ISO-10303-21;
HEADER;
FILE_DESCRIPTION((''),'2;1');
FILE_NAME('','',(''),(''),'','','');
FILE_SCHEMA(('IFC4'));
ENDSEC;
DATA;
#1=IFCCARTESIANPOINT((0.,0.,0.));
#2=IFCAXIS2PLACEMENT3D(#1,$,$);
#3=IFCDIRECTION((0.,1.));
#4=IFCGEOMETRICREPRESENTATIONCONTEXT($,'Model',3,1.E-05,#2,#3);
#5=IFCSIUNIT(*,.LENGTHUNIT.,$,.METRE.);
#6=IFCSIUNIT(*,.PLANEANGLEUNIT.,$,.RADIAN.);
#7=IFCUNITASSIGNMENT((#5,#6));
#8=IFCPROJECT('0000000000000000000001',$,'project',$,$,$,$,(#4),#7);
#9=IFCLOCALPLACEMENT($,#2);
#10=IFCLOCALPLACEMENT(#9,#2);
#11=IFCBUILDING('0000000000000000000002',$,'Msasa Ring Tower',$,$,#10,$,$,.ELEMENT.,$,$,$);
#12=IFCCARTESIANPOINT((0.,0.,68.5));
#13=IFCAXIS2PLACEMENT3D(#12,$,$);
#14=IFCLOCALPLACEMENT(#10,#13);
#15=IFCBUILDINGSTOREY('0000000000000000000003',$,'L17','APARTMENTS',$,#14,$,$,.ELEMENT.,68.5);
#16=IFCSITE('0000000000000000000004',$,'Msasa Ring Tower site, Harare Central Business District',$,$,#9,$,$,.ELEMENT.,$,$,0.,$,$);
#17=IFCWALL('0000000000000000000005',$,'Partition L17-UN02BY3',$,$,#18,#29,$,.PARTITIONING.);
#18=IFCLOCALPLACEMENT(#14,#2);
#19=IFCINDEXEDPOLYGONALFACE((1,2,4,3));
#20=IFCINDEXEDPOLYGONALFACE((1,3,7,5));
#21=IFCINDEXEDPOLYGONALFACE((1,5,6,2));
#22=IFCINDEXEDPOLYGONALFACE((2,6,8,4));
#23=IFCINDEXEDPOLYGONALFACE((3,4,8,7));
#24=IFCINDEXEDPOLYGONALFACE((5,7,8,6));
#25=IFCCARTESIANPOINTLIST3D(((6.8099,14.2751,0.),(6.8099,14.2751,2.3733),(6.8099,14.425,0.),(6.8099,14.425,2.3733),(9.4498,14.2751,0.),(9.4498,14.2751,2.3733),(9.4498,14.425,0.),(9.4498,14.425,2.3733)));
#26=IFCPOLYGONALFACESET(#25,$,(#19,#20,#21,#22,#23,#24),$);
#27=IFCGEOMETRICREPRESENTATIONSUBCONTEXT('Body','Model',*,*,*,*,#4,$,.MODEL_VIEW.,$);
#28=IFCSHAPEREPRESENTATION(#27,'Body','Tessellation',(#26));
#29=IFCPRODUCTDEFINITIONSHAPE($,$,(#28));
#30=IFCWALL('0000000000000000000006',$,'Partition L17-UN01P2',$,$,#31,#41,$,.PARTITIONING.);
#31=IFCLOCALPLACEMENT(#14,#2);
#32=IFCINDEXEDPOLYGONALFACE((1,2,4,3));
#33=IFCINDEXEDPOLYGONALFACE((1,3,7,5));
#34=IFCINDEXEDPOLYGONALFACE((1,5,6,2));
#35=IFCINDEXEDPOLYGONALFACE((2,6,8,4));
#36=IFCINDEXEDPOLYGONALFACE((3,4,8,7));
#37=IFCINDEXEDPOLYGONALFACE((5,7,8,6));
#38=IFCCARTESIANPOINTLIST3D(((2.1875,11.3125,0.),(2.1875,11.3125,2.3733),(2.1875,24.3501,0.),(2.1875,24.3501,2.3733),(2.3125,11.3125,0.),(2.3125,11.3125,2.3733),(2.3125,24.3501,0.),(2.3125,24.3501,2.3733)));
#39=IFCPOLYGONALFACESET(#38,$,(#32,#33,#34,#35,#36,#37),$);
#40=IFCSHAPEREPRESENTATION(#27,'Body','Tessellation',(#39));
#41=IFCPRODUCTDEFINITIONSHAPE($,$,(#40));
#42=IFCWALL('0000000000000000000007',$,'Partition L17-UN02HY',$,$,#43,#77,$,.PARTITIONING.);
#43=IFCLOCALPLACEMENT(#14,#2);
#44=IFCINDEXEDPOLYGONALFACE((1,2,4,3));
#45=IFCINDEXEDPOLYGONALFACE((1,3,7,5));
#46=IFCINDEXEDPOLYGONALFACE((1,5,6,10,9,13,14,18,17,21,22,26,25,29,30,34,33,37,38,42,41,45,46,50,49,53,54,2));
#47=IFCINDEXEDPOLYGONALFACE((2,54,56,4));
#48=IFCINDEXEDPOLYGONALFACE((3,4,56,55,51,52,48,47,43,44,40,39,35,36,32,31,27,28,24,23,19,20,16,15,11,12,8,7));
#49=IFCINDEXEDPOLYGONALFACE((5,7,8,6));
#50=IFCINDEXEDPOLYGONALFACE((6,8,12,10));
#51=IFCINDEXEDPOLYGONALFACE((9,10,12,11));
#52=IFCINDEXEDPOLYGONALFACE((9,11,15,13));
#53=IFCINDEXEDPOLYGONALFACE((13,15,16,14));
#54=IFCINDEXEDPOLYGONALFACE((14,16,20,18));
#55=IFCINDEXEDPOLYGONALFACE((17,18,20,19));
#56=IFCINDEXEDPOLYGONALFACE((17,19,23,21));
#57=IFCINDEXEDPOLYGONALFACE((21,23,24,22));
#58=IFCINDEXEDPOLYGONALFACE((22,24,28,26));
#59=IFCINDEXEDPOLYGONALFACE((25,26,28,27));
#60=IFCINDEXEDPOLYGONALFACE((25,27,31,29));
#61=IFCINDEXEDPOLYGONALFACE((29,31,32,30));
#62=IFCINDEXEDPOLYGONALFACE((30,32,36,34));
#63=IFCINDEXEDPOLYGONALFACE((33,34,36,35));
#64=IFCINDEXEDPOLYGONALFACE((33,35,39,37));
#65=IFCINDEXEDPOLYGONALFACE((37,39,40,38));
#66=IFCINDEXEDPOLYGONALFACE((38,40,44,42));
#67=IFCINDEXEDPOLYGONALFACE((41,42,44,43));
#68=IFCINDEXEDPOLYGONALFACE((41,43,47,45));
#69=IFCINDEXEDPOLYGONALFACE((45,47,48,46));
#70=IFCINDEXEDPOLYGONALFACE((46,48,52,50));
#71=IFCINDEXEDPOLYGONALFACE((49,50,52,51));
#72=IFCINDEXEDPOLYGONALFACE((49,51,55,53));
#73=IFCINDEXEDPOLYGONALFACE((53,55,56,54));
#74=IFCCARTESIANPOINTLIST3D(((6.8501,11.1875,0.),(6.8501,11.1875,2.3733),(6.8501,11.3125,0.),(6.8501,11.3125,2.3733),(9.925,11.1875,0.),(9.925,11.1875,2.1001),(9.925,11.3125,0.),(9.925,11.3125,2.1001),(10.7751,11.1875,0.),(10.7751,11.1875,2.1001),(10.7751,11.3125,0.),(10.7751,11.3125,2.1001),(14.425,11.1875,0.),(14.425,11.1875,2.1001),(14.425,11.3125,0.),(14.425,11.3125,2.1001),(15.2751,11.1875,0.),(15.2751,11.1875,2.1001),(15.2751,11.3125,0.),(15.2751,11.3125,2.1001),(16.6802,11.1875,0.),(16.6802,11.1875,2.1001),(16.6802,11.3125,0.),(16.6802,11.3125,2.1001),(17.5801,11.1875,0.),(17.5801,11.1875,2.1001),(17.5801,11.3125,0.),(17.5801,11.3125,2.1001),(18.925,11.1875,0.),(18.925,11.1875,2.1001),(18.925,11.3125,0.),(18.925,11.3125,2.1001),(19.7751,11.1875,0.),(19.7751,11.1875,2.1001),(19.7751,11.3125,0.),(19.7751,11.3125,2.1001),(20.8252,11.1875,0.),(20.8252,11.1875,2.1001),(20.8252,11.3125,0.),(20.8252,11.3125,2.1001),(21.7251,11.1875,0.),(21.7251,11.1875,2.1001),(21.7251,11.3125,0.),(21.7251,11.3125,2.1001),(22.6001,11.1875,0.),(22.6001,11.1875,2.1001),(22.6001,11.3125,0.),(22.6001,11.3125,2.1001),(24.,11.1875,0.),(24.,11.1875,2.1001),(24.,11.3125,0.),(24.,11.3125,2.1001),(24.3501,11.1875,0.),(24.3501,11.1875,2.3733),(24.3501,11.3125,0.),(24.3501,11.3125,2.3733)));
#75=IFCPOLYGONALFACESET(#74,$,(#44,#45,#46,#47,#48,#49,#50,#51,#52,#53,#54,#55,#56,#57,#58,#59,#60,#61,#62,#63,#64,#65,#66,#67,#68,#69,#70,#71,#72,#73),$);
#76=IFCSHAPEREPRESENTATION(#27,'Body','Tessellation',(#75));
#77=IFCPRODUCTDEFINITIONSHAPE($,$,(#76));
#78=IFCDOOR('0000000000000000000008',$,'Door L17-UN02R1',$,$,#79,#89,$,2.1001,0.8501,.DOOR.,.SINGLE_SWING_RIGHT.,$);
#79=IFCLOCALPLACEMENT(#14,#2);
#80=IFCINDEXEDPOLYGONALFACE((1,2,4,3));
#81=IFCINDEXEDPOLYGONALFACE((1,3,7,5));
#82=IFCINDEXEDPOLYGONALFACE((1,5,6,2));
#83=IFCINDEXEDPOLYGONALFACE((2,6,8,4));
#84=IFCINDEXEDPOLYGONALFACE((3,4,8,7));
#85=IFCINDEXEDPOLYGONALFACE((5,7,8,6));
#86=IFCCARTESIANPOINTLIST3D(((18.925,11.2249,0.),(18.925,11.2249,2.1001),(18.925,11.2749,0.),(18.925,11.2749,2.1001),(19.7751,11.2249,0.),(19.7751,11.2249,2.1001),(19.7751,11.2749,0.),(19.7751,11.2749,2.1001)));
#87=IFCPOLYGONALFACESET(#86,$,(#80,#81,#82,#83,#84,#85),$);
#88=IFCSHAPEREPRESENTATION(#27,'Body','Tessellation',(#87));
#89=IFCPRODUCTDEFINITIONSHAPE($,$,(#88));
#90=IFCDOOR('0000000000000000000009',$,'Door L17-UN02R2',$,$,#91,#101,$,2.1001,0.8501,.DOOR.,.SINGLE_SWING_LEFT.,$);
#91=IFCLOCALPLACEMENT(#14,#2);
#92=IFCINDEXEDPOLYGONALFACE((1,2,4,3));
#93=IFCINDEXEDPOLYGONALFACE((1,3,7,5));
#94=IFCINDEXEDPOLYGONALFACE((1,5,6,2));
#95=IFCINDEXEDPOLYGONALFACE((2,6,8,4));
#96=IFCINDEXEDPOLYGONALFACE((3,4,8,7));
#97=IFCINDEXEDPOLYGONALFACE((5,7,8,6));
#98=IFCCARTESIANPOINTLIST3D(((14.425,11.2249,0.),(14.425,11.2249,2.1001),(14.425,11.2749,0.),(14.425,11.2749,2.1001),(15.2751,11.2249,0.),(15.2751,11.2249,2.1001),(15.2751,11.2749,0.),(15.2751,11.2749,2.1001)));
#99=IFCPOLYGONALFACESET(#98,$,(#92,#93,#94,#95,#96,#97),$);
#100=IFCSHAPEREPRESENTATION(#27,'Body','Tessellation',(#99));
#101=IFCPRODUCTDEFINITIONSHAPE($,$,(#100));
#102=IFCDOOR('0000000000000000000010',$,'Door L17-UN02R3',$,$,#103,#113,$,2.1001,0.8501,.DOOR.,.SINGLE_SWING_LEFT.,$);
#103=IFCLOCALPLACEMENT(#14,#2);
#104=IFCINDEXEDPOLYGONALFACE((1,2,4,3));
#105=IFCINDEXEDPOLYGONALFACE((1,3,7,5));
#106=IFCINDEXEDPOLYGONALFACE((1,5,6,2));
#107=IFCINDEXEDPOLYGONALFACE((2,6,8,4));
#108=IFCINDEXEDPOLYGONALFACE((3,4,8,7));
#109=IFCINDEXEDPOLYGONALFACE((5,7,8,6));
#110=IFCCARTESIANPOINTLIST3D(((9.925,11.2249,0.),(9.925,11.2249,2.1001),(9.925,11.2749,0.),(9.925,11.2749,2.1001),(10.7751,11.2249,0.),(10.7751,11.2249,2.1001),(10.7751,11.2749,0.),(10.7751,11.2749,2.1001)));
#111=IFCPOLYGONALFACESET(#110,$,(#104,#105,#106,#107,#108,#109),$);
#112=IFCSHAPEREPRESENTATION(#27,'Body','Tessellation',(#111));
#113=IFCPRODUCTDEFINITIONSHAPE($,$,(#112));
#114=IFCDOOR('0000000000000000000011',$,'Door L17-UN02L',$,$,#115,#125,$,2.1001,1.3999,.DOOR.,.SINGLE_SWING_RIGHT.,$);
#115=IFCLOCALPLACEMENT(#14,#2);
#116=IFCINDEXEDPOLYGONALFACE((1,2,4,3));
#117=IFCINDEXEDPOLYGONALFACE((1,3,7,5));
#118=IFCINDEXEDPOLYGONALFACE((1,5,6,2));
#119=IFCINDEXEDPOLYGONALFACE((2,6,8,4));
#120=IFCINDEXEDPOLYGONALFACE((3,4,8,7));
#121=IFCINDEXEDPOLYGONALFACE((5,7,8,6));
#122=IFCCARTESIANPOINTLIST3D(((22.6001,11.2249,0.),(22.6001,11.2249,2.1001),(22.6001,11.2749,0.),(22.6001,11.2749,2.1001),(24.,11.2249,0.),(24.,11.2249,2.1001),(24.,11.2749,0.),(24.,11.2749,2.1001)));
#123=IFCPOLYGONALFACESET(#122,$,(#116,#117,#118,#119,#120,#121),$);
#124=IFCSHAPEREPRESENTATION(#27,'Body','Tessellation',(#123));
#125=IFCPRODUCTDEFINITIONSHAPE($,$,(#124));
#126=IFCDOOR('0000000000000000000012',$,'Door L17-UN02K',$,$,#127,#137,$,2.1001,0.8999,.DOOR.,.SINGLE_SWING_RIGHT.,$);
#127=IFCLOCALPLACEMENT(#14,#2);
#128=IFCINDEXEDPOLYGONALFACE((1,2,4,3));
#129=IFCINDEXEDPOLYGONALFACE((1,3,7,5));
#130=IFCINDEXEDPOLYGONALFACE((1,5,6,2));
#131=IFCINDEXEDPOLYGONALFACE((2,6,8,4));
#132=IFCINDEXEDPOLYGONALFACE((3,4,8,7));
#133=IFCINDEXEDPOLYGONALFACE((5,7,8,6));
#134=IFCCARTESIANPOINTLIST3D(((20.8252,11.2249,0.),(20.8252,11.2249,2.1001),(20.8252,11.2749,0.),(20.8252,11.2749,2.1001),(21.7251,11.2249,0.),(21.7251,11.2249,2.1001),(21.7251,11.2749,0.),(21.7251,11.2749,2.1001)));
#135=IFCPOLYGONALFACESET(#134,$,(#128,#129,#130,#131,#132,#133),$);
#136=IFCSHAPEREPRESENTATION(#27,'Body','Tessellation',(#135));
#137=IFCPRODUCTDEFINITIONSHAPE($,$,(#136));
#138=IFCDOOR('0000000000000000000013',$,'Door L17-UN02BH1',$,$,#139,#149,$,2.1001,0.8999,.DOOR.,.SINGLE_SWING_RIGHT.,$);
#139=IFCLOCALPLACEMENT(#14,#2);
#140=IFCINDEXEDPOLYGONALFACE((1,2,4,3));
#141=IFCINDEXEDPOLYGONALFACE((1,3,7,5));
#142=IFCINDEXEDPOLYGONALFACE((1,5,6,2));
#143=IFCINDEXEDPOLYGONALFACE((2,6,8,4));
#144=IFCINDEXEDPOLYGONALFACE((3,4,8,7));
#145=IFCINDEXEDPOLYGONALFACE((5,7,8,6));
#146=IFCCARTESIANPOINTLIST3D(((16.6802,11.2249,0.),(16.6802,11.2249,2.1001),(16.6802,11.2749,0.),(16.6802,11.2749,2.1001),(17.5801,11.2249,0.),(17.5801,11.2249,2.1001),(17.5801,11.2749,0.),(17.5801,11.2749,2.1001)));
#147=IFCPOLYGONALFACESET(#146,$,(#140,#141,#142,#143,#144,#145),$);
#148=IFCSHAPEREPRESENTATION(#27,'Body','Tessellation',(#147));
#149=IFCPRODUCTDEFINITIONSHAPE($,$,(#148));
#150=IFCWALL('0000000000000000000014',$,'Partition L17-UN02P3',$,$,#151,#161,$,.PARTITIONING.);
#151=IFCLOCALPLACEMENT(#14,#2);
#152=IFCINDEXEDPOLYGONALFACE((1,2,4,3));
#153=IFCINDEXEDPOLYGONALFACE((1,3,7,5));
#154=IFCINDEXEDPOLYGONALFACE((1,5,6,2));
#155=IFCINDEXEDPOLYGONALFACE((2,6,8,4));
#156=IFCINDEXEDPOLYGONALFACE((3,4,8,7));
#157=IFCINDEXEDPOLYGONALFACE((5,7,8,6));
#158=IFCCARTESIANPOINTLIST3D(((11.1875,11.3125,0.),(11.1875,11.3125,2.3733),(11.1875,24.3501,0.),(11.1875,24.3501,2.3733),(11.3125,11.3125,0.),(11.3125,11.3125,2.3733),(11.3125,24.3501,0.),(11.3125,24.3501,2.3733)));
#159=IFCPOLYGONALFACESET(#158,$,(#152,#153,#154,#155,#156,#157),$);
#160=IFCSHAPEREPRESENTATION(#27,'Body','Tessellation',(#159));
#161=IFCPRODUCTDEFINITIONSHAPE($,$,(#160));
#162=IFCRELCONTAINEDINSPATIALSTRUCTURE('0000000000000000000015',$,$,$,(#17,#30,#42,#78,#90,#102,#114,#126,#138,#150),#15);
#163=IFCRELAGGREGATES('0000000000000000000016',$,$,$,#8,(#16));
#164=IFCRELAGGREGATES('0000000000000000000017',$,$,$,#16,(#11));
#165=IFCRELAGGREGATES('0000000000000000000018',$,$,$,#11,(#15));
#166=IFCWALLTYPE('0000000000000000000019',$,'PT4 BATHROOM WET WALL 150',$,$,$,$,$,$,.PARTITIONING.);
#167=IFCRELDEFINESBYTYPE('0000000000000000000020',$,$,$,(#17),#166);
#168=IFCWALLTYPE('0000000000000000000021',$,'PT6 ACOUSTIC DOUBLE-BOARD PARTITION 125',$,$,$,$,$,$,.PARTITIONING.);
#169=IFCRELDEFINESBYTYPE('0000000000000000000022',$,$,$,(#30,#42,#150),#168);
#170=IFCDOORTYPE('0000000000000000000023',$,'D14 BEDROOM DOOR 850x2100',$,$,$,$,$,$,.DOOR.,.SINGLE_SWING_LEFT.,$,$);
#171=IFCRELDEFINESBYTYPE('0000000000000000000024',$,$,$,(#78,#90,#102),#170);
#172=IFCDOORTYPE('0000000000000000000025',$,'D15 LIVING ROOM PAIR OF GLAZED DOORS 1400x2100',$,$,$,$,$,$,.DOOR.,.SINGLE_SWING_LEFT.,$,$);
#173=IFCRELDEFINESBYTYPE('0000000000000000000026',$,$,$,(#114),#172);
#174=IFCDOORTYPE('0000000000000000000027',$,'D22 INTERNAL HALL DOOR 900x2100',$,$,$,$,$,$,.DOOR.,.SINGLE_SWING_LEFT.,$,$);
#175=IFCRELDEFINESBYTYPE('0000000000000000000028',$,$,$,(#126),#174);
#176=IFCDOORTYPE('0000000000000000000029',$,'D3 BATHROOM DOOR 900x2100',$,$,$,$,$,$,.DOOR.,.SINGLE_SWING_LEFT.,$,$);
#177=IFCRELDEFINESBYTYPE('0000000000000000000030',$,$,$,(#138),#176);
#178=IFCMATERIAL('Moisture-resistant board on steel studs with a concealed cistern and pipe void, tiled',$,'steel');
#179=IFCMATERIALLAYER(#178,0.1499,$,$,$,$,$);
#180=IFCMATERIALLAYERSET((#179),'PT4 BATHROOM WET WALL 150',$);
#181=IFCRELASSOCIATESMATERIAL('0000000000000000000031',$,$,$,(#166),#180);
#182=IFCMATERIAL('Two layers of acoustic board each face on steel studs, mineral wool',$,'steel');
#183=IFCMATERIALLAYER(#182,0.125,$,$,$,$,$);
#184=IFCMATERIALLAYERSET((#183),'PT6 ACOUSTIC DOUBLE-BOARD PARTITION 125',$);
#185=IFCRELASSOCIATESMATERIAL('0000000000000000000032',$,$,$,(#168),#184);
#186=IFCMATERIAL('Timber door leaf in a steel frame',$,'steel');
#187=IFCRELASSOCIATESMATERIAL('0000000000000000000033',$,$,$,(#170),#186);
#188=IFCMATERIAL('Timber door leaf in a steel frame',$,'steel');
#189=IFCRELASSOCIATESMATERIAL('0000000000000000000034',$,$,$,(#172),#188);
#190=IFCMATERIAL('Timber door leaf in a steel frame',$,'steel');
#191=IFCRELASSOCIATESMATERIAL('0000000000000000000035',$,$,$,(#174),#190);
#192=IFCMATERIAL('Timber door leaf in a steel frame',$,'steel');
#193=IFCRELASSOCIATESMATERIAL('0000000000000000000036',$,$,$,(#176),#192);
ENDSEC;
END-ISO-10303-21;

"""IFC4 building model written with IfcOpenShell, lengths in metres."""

from ifc_helpers import new_model, si_unit, direction, frame, frame_2d, origin, place, context, subcontext, project, spatial, rectangle, extrude, material, layer, layer_set, type_object, element, fill, save


model = new_model("IFC4")

# Units and contexts
model_context = context("Model", 3, precision=1e-05, world=origin(), true_north=direction((0.0, 1.0)))
body_context = subcontext(model_context, "Body", "Model", "MODEL_VIEW")
ifc_project = project(units=[si_unit("LENGTHUNIT", "METRE"), si_unit("PLANEANGLEUNIT", "RADIAN")], contexts=[model_context])

# Site, building, storey
site_placement = place(None, origin())
site = spatial("IfcSite", under=ifc_project, at=site_placement, Name="Msasa Ring Tower site, Harare Central Business District", CompositionType="ELEMENT", RefElevation=0.0)
building_placement = place(site_placement, origin())
building = spatial("IfcBuilding", under=site, at=building_placement, Name="Msasa Ring Tower", CompositionType="ELEMENT")
storey_placement = place(building_placement, frame((0.0, 0.0, 68.5)))
storey = spatial("IfcBuildingStorey", under=building, at=storey_placement, Name="L17", Description="APARTMENTS", CompositionType="ELEMENT", Elevation=68.5)

# Shared definitions
ifc_material_1 = material(Name="Moisture-resistant board on steel studs with a concealed cistern and pipe void, tiled", Category="steel")
ifc_layer_1 = layer(ifc_material_1, 0.1499)
ifc_layer_set_1 = layer_set([ifc_layer_1], Name="PT4 BATHROOM WET WALL 150")
wall_type_1 = type_object("IfcWallType", Name="PT4 BATHROOM WET WALL 150", PredefinedType="PARTITIONING", material=ifc_layer_set_1)

# Walls
wall_1_placement = place(storey_placement, frame((6.8101, 14.3501, 0.0), z_axis=(0.0, 0.0, 1.0), x_axis=(1.0, 0.0, 0.0)))
element("IfcWall", 1, at=wall_1_placement, inside=storey, type_object=wall_type_1, Name="Partition L17-UN02BY3", PredefinedType="PARTITIONING", context=body_context, shape_type="SweptSolid", body=[
    extrude(rectangle(XDim=2.6399, YDim=0.1499, at=frame_2d((1.3198, 0.0))), origin(), (0.0, 0.0, 1.0), 2.3733),
])
ifc_material_2 = material(Name="Two layers of acoustic board each face on steel studs, mineral wool", Category="steel")
ifc_layer_2 = layer(ifc_material_2, 0.125)
ifc_layer_set_2 = layer_set([ifc_layer_2], Name="PT6 ACOUSTIC DOUBLE-BOARD PARTITION 125")
wall_type_2 = type_object("IfcWallType", Name="PT6 ACOUSTIC DOUBLE-BOARD PARTITION 125", PredefinedType="PARTITIONING", material=ifc_layer_set_2)
wall_2_placement = place(storey_placement, frame((2.25, 11.3125, 0.0), z_axis=(0.0, 0.0, 1.0), x_axis=(0.0, 1.0, 0.0)))
element("IfcWall", 2, at=wall_2_placement, inside=storey, type_object=wall_type_2, Name="Partition L17-UN01P2", PredefinedType="PARTITIONING", context=body_context, shape_type="SweptSolid", body=[
    extrude(rectangle(XDim=13.0376, YDim=0.125, at=frame_2d((6.5188, 0.0))), origin(), (0.0, 0.0, 1.0), 2.3733),
])

# Wall, openings, doors
wall_3_placement = place(storey_placement, frame((6.8501, 11.25, 0.0), z_axis=(0.0, 0.0, 1.0), x_axis=(1.0, 0.0, 0.0)))
wall_3 = element("IfcWall", 3, at=wall_3_placement, inside=storey, type_object=wall_type_2, Name="Partition L17-UN02HY", PredefinedType="PARTITIONING", context=body_context, shape_type="SweptSolid", body=[
    extrude(rectangle(XDim=17.5, YDim=0.125, at=frame_2d((8.75, 0.0))), origin(), (0.0, 0.0, 1.0), 2.3733),
])
opening_1_placement = place(wall_3_placement, frame((13.9751, 0.0, 0.0)))
opening_1 = element("IfcOpeningElement", 4, at=opening_1_placement, cuts=wall_3, PredefinedType="OPENING", context=body_context, shape_type="SweptSolid", body=[
    extrude(rectangle(XDim=0.8999, YDim=2.1001, at=frame_2d((0.45, 1.05))), frame((0.0, 0.0725, 0.0), z_axis=(0.0, -1.0, 0.0), x_axis=(1.0, 0.0, 0.0)), (0.0, 0.0, 1.0), 0.145),
])
opening_2_placement = place(wall_3_placement, frame((15.75, 0.0, 0.0)))
opening_2 = element("IfcOpeningElement", 5, at=opening_2_placement, cuts=wall_3, PredefinedType="OPENING", context=body_context, shape_type="SweptSolid", body=[
    extrude(rectangle(XDim=1.3999, YDim=2.1001, at=frame_2d((0.7, 1.05))), frame((0.0, 0.0725, 0.0), z_axis=(0.0, -1.0, 0.0), x_axis=(1.0, 0.0, 0.0)), (0.0, 0.0, 1.0), 0.145),
])
opening_3_placement = place(wall_3_placement, frame((12.075, 0.0, 0.0)))
opening_3 = element("IfcOpeningElement", 6, at=opening_3_placement, cuts=wall_3, PredefinedType="OPENING", context=body_context, shape_type="SweptSolid", body=[
    extrude(rectangle(XDim=0.8501, YDim=2.1001, at=frame_2d((0.425, 1.05))), frame((0.0, 0.0725, 0.0), z_axis=(0.0, -1.0, 0.0), x_axis=(1.0, 0.0, 0.0)), (0.0, 0.0, 1.0), 0.145),
])
opening_4_placement = place(wall_3_placement, frame((9.8301, 0.0, 0.0)))
opening_4 = element("IfcOpeningElement", 7, at=opening_4_placement, cuts=wall_3, PredefinedType="OPENING", context=body_context, shape_type="SweptSolid", body=[
    extrude(rectangle(XDim=0.8999, YDim=2.1001, at=frame_2d((0.45, 1.05))), frame((0.0, 0.0725, 0.0), z_axis=(0.0, -1.0, 0.0), x_axis=(1.0, 0.0, 0.0)), (0.0, 0.0, 1.0), 0.145),
])
opening_5_placement = place(wall_3_placement, frame((7.575, 0.0, 0.0)))
opening_5 = element("IfcOpeningElement", 8, at=opening_5_placement, cuts=wall_3, PredefinedType="OPENING", context=body_context, shape_type="SweptSolid", body=[
    extrude(rectangle(XDim=0.8501, YDim=2.1001, at=frame_2d((0.425, 1.05))), frame((0.0, 0.0725, 0.0), z_axis=(0.0, -1.0, 0.0), x_axis=(1.0, 0.0, 0.0)), (0.0, 0.0, 1.0), 0.145),
])
opening_6_placement = place(wall_3_placement, frame((3.075, 0.0, 0.0)))
opening_6 = element("IfcOpeningElement", 9, at=opening_6_placement, cuts=wall_3, PredefinedType="OPENING", context=body_context, shape_type="SweptSolid", body=[
    extrude(rectangle(XDim=0.8501, YDim=2.1001, at=frame_2d((0.425, 1.05))), frame((0.0, 0.0725, 0.0), z_axis=(0.0, -1.0, 0.0), x_axis=(1.0, 0.0, 0.0)), (0.0, 0.0, 1.0), 0.145),
])
ifc_material_3 = material(Name="Timber door leaf in a steel frame", Category="steel")
door_type_1 = type_object("IfcDoorType", Name="D14 BEDROOM DOOR 850x2100", OperationType="SINGLE_SWING_LEFT", PredefinedType="DOOR", material=ifc_material_3)
door_1_placement = place(opening_3_placement, origin())
door_1 = element("IfcDoor", 10, at=door_1_placement, inside=storey, type_object=door_type_1, Name="Door L17-UN02R1", OperationType="SINGLE_SWING_RIGHT", OverallHeight=2.1001, OverallWidth=0.8501, PredefinedType="DOOR", context=body_context, shape_type="SweptSolid", body=[
    extrude(rectangle(XDim=0.8501, YDim=2.1001, at=frame_2d((0.425, 1.05))), frame((0.0, 0.0249, 0.0), z_axis=(0.0, -1.0, 0.0), x_axis=(1.0, 0.0, 0.0)), (0.0, 0.0, 1.0), 0.05),
])
fill(opening_3, door_1)
door_2_placement = place(opening_5_placement, origin())
door_2 = element("IfcDoor", 11, at=door_2_placement, inside=storey, type_object=door_type_1, Name="Door L17-UN02R2", OperationType="SINGLE_SWING_LEFT", OverallHeight=2.1001, OverallWidth=0.8501, PredefinedType="DOOR", context=body_context, shape_type="SweptSolid", body=[
    extrude(rectangle(XDim=0.8501, YDim=2.1001, at=frame_2d((0.425, 1.05))), frame((0.0, 0.0249, 0.0), z_axis=(0.0, -1.0, 0.0), x_axis=(1.0, 0.0, 0.0)), (0.0, 0.0, 1.0), 0.05),
])
fill(opening_5, door_2)
door_3_placement = place(opening_6_placement, origin())
door_3 = element("IfcDoor", 12, at=door_3_placement, inside=storey, type_object=door_type_1, Name="Door L17-UN02R3", OperationType="SINGLE_SWING_LEFT", OverallHeight=2.1001, OverallWidth=0.8501, PredefinedType="DOOR", context=body_context, shape_type="SweptSolid", body=[
    extrude(rectangle(XDim=0.8501, YDim=2.1001, at=frame_2d((0.425, 1.05))), frame((0.0, 0.0249, 0.0), z_axis=(0.0, -1.0, 0.0), x_axis=(1.0, 0.0, 0.0)), (0.0, 0.0, 1.0), 0.05),
])
fill(opening_6, door_3)
ifc_material_4 = material(Name="Timber door leaf in a steel frame", Category="steel")
door_type_2 = type_object("IfcDoorType", Name="D15 LIVING ROOM PAIR OF GLAZED DOORS 1400x2100", OperationType="SINGLE_SWING_LEFT", PredefinedType="DOOR", material=ifc_material_4)
door_4_placement = place(opening_2_placement, origin())
door_4 = element("IfcDoor", 13, at=door_4_placement, inside=storey, type_object=door_type_2, Name="Door L17-UN02L", OperationType="SINGLE_SWING_RIGHT", OverallHeight=2.1001, OverallWidth=1.3999, PredefinedType="DOOR", context=body_context, shape_type="SweptSolid", body=[
    extrude(rectangle(XDim=1.3999, YDim=2.1001, at=frame_2d((0.7, 1.05))), frame((0.0, 0.0249, 0.0), z_axis=(0.0, -1.0, 0.0), x_axis=(1.0, 0.0, 0.0)), (0.0, 0.0, 1.0), 0.05),
])
fill(opening_2, door_4)
ifc_material_5 = material(Name="Timber door leaf in a steel frame", Category="steel")
door_type_3 = type_object("IfcDoorType", Name="D22 INTERNAL HALL DOOR 900x2100", OperationType="SINGLE_SWING_LEFT", PredefinedType="DOOR", material=ifc_material_5)
door_5_placement = place(opening_1_placement, origin())
door_5 = element("IfcDoor", 14, at=door_5_placement, inside=storey, type_object=door_type_3, Name="Door L17-UN02K", OperationType="SINGLE_SWING_RIGHT", OverallHeight=2.1001, OverallWidth=0.8999, PredefinedType="DOOR", context=body_context, shape_type="SweptSolid", body=[
    extrude(rectangle(XDim=0.8999, YDim=2.1001, at=frame_2d((0.45, 1.05))), frame((0.0, 0.0249, 0.0), z_axis=(0.0, -1.0, 0.0), x_axis=(1.0, 0.0, 0.0)), (0.0, 0.0, 1.0), 0.05),
])
fill(opening_1, door_5)
ifc_material_6 = material(Name="Timber door leaf in a steel frame", Category="steel")
door_type_4 = type_object("IfcDoorType", Name="D3 BATHROOM DOOR 900x2100", OperationType="SINGLE_SWING_LEFT", PredefinedType="DOOR", material=ifc_material_6)
door_6_placement = place(opening_4_placement, origin())
door_6 = element("IfcDoor", 15, at=door_6_placement, inside=storey, type_object=door_type_4, Name="Door L17-UN02BH1", OperationType="SINGLE_SWING_RIGHT", OverallHeight=2.1001, OverallWidth=0.8999, PredefinedType="DOOR", context=body_context, shape_type="SweptSolid", body=[
    extrude(rectangle(XDim=0.8999, YDim=2.1001, at=frame_2d((0.45, 1.05))), frame((0.0, 0.0249, 0.0), z_axis=(0.0, -1.0, 0.0), x_axis=(1.0, 0.0, 0.0)), (0.0, 0.0, 1.0), 0.05),
])
fill(opening_4, door_6)

# Wall
wall_4_placement = place(storey_placement, frame((11.25, 11.3125, 0.0), z_axis=(0.0, 0.0, 1.0), x_axis=(0.0, 1.0, 0.0)))
element("IfcWall", 16, at=wall_4_placement, inside=storey, type_object=wall_type_2, Name="Partition L17-UN02P3", PredefinedType="PARTITIONING", context=body_context, shape_type="SweptSolid", body=[
    extrude(rectangle(XDim=13.0376, YDim=0.125, at=frame_2d((6.5188, 0.0))), origin(), (0.0, 0.0, 1.0), 2.3733),
])

save(model, "model.ifc")
